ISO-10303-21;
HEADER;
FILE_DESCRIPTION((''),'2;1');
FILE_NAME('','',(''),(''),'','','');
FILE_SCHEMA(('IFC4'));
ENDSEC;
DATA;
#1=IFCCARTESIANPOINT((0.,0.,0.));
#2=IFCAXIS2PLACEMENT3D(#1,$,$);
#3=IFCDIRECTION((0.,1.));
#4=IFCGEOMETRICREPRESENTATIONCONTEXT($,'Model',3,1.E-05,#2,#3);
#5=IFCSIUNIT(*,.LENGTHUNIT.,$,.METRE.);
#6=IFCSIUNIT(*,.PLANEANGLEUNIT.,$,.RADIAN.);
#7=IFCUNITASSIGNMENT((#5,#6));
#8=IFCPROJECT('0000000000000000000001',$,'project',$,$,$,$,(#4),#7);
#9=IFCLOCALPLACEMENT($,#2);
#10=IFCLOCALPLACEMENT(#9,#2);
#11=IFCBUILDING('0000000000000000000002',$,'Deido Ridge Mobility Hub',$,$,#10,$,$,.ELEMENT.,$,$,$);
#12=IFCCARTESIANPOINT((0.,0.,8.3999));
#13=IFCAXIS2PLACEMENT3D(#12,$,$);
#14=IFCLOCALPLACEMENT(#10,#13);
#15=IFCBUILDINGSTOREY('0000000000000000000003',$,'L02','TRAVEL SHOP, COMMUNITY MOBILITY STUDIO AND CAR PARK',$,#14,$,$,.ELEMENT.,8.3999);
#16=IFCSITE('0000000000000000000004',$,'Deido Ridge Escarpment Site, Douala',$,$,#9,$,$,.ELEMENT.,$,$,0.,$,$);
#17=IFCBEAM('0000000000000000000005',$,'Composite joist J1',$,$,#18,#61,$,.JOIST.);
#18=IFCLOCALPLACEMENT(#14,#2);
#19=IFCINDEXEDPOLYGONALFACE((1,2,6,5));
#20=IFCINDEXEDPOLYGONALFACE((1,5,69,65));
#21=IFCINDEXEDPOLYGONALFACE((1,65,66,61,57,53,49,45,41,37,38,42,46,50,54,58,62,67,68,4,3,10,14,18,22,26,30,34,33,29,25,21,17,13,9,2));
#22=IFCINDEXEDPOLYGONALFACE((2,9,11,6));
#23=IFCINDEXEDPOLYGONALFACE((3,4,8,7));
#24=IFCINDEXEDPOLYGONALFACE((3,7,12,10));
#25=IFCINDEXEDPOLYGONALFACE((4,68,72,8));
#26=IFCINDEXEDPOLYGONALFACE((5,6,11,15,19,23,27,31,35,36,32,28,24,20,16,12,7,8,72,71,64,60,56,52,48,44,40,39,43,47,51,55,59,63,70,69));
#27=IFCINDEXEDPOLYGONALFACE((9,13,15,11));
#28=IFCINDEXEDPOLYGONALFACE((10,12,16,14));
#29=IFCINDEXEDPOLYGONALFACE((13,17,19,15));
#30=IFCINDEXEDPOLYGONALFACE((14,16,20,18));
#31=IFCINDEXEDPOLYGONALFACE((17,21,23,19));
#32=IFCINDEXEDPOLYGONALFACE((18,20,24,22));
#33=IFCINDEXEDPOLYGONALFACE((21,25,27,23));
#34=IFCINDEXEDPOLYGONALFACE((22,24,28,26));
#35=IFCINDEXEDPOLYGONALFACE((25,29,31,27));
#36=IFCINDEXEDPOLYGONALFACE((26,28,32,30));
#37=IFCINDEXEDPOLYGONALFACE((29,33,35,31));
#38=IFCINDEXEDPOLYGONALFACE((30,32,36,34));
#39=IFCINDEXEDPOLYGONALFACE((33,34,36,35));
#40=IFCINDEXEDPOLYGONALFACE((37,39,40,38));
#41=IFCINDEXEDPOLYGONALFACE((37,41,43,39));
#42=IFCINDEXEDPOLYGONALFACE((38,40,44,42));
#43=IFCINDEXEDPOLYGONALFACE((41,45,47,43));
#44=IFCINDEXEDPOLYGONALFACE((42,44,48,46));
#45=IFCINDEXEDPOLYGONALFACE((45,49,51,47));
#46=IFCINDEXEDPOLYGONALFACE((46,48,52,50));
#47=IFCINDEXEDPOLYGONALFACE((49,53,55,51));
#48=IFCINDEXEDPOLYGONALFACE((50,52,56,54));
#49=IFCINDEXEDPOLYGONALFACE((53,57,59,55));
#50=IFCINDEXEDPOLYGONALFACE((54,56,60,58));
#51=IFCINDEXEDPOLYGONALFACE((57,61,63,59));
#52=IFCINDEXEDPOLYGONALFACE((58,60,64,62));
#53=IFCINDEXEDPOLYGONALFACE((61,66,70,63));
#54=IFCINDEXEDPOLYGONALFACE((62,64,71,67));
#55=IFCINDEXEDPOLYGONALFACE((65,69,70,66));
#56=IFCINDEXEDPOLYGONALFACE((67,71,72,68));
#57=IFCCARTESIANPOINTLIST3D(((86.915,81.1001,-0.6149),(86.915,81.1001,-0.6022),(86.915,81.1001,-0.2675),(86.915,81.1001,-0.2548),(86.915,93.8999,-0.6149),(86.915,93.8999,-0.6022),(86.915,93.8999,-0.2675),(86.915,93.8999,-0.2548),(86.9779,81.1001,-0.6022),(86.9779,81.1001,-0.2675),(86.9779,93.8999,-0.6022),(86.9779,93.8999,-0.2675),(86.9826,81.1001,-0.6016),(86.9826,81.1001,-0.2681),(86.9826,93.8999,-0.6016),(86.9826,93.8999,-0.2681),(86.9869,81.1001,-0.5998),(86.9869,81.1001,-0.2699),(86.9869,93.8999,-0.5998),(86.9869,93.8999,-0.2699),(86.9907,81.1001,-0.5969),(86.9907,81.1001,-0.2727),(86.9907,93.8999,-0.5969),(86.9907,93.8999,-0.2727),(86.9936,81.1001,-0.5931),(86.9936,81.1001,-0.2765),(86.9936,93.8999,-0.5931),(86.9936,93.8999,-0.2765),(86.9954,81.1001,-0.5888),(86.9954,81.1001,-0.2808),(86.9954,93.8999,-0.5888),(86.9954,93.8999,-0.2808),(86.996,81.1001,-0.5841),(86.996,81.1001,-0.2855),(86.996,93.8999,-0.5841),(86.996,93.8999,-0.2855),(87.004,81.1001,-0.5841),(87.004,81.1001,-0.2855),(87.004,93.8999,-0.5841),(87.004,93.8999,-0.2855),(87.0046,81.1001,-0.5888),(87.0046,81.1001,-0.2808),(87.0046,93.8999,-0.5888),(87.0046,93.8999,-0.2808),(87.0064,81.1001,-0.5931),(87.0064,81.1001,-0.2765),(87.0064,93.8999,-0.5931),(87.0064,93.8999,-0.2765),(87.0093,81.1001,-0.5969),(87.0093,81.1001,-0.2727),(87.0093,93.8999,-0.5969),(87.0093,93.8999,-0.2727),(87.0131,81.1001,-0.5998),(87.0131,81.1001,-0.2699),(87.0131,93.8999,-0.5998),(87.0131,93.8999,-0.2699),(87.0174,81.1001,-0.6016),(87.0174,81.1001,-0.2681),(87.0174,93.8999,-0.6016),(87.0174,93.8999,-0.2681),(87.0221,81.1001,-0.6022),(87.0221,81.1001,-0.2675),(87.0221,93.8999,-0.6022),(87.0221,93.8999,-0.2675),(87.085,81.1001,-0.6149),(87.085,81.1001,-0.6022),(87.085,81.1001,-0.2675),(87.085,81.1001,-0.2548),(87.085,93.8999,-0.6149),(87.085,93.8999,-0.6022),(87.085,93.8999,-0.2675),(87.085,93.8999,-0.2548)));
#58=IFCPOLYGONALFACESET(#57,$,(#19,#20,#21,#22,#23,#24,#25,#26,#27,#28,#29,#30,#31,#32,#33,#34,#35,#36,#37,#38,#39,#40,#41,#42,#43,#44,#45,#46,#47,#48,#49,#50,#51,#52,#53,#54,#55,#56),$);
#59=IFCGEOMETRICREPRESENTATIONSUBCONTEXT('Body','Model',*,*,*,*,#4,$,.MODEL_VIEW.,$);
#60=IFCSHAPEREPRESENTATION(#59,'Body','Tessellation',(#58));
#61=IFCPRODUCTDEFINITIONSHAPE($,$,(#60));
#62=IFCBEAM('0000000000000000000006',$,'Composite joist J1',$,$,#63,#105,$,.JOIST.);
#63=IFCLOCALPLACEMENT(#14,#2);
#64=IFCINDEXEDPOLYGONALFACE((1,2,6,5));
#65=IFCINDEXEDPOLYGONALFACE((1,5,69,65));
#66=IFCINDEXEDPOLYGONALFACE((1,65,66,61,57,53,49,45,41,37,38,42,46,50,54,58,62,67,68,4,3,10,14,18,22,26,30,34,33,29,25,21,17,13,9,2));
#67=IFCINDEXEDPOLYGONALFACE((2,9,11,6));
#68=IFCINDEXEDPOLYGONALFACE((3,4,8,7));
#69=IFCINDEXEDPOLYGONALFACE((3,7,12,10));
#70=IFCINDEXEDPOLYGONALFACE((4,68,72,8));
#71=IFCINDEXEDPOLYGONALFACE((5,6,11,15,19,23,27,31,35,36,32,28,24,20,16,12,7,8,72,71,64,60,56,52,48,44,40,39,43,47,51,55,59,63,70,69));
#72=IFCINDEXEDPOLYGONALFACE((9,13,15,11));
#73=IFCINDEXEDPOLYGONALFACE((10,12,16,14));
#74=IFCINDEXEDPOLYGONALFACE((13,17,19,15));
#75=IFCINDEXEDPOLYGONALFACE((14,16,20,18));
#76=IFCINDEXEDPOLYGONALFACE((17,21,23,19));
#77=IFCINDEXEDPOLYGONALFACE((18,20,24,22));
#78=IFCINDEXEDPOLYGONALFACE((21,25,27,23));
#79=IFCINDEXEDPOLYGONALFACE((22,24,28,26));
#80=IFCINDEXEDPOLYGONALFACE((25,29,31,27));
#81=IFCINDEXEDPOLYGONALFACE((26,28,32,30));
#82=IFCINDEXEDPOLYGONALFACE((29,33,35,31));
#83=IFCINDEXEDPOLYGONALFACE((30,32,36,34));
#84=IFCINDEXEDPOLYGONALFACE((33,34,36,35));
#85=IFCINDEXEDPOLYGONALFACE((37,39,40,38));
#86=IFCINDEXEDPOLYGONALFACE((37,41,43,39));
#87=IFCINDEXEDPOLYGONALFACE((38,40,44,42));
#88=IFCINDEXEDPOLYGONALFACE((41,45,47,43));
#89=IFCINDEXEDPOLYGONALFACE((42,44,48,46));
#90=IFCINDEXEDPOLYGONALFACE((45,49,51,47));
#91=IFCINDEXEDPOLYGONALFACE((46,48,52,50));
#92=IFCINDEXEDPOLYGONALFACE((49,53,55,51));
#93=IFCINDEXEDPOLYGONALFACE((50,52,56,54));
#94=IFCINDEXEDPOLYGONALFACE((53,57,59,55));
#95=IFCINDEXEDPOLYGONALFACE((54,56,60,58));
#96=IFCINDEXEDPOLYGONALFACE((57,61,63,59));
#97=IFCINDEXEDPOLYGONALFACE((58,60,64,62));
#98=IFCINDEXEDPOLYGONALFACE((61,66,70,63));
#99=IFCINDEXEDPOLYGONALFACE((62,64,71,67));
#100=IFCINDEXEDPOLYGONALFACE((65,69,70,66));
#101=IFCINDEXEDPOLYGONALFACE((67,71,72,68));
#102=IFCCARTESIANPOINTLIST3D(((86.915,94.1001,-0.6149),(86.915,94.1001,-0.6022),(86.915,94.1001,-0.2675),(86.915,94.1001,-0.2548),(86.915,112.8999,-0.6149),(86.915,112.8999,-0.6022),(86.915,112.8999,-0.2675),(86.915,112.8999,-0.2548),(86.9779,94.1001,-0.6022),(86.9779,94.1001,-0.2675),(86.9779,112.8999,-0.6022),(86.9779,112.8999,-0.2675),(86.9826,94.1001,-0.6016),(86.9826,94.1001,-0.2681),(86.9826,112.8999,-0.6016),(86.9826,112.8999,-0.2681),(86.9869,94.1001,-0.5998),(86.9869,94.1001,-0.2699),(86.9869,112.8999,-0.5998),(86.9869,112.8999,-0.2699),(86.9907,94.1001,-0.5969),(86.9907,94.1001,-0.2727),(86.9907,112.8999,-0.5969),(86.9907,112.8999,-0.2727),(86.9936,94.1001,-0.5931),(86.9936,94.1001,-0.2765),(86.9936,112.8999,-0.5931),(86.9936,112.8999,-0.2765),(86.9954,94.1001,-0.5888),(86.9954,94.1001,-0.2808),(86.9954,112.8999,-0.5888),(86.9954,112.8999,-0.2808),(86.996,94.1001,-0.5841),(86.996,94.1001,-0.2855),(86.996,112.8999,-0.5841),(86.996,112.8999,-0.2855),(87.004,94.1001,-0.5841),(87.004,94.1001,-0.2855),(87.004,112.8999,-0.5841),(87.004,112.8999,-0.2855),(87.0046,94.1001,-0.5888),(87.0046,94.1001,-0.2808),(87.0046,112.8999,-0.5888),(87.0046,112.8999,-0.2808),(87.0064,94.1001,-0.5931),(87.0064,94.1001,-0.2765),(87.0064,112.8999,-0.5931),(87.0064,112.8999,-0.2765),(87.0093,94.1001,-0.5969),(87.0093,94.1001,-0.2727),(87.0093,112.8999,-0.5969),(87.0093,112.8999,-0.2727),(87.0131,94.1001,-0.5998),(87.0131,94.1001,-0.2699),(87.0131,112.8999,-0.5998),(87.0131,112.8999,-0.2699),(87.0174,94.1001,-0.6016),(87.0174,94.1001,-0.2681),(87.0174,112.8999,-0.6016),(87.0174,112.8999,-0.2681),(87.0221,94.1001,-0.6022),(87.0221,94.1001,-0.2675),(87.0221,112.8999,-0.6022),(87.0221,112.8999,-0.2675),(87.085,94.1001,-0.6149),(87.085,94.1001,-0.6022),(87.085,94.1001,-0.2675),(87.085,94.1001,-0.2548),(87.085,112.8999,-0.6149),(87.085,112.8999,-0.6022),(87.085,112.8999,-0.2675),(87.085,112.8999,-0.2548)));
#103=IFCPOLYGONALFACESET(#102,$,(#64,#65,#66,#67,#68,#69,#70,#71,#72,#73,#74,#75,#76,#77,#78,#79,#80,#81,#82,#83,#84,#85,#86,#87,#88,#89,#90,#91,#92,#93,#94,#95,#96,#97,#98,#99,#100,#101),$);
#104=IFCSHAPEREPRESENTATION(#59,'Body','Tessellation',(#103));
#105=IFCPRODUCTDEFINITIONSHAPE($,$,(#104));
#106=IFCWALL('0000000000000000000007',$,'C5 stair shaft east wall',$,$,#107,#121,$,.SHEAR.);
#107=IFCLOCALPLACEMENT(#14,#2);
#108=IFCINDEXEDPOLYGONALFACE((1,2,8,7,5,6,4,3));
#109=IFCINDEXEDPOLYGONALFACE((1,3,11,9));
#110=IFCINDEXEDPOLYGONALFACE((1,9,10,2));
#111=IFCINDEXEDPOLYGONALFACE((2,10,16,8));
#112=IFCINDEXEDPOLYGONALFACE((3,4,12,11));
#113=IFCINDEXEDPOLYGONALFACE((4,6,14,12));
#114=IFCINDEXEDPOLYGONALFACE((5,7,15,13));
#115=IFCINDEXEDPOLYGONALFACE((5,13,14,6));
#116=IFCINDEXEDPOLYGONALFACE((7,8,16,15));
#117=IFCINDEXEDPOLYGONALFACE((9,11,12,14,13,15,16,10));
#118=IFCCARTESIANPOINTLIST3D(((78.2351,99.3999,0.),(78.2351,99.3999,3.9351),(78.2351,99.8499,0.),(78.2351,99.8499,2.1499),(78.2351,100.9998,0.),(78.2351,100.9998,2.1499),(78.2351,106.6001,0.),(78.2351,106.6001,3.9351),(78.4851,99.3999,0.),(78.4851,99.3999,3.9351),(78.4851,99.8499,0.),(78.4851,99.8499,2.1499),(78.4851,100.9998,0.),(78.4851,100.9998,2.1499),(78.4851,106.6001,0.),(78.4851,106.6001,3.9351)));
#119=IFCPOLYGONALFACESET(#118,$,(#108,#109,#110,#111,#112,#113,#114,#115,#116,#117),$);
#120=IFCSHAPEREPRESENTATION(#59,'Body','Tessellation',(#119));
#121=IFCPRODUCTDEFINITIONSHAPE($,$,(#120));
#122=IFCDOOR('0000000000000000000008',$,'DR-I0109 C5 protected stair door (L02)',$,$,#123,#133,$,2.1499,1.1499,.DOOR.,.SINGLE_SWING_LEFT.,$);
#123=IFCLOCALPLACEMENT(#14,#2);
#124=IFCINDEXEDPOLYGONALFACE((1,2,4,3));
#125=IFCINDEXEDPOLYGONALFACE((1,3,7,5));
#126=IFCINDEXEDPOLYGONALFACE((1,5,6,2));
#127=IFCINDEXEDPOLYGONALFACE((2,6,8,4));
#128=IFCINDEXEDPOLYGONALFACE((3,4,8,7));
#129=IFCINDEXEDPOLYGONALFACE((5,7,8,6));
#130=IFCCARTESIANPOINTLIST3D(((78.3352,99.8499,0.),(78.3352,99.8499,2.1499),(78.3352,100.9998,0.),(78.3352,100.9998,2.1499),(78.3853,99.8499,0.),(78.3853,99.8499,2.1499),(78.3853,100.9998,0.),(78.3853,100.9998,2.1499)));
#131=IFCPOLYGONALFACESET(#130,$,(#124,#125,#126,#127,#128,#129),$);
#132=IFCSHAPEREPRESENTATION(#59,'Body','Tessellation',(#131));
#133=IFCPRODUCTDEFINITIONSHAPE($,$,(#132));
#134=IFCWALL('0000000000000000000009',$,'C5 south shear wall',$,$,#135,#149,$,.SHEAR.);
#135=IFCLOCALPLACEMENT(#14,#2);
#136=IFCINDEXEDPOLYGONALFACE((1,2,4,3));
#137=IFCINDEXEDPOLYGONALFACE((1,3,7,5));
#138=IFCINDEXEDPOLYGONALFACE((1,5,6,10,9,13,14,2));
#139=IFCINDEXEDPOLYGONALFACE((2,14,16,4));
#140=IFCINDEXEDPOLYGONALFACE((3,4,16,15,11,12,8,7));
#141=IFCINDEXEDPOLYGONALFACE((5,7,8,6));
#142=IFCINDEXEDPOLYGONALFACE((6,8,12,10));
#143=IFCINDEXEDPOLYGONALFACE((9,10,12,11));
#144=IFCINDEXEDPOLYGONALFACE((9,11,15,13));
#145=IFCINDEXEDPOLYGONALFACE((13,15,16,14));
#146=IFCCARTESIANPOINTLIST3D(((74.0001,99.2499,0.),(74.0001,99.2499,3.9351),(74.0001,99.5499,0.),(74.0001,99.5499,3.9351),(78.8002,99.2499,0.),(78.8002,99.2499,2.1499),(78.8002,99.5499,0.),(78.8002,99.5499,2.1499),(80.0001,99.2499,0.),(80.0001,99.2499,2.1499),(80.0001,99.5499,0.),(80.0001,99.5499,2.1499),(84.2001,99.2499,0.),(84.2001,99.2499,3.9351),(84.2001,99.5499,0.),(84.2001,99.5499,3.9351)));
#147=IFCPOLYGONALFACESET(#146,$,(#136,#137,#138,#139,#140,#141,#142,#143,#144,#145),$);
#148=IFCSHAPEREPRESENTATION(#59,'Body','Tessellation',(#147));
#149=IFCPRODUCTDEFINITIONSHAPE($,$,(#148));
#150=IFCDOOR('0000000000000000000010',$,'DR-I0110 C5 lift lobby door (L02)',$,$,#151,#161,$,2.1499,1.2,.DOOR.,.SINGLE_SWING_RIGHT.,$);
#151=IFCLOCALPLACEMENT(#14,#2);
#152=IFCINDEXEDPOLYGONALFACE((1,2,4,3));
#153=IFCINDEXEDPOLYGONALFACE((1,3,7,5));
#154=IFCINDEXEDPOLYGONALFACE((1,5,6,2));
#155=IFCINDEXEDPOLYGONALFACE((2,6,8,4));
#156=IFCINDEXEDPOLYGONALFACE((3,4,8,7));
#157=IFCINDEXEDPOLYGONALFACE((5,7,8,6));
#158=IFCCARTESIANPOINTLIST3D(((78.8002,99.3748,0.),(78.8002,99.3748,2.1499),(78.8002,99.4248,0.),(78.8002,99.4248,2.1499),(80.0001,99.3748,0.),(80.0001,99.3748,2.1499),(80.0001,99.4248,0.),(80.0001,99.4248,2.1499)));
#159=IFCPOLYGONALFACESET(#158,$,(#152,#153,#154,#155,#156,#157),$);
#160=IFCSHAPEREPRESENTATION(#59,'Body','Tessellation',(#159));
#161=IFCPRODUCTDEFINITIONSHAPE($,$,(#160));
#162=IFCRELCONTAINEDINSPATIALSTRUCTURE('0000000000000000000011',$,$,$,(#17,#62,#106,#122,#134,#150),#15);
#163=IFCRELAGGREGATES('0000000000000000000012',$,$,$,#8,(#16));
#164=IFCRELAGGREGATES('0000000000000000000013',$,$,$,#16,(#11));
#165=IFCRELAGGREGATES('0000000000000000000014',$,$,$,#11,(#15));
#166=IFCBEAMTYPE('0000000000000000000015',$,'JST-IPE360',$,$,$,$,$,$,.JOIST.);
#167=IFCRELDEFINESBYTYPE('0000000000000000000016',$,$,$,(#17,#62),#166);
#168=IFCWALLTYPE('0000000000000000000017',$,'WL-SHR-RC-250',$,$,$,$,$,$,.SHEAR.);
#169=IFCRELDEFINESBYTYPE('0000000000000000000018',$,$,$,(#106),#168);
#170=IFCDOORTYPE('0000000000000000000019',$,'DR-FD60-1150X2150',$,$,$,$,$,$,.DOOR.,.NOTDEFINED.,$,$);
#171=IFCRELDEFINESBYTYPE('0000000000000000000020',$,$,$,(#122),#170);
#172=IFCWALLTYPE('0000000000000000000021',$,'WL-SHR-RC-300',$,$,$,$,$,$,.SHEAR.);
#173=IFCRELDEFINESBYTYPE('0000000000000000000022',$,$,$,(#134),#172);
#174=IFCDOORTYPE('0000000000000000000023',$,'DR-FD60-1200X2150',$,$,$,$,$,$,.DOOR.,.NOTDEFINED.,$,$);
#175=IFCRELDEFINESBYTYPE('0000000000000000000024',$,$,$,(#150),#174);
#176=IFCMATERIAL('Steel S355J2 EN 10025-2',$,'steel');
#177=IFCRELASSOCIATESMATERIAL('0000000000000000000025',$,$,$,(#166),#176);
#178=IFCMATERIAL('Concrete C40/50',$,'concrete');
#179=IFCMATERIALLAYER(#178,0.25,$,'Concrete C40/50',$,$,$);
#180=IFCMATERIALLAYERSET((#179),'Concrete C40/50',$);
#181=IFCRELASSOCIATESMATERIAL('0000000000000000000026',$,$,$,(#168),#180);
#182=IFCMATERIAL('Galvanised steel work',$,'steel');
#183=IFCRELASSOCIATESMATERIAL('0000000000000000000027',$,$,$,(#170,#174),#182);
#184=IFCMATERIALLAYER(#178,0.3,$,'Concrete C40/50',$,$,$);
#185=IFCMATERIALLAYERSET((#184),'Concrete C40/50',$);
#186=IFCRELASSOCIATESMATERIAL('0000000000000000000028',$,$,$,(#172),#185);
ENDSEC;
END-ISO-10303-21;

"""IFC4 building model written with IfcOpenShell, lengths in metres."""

from ifc_helpers import new_model, si_unit, direction, frame, frame_2d, origin, origin_2d, place, context, subcontext, project, spatial, rectangle, i_section, extrude, material, layer, layer_set, material_profile, profile_set, type_object, element, fill, save


model = new_model("IFC4")

# Units and contexts
model_context = context("Model", 3, precision=1e-05, world=origin(), true_north=direction((0.0, 1.0)))
body_context = subcontext(model_context, "Body", "Model", "MODEL_VIEW")
ifc_project = project(units=[si_unit("LENGTHUNIT", "METRE"), si_unit("PLANEANGLEUNIT", "RADIAN")], contexts=[model_context])

# Site, building, storey
site_placement = place(None, origin())
site = spatial("IfcSite", under=ifc_project, at=site_placement, Name="Deido Ridge Escarpment Site, Douala", CompositionType="ELEMENT", RefElevation=0.0)
building_placement = place(site_placement, origin())
building = spatial("IfcBuilding", under=site, at=building_placement, Name="Deido Ridge Mobility Hub", CompositionType="ELEMENT")
storey_placement = place(building_placement, frame((0.0, 0.0, 8.3999)))
storey = spatial("IfcBuildingStorey", under=building, at=storey_placement, Name="L02", Description="TRAVEL SHOP, COMMUNITY MOBILITY STUDIO AND CAR PARK", CompositionType="ELEMENT", Elevation=8.3999)

# Shared definitions
ifc_material_1 = material(Name="Steel S355J2 EN 10025-2", Category="steel")

# Beams
ifc_material_profile_1 = material_profile(ifc_material_1, i_section(OverallWidth=0.1699, OverallDepth=0.3601, WebThickness=0.0081, FlangeThickness=0.0127, FilletRadius=0.0181, at=origin_2d()), Name="IPE 360")
ifc_profile_set_1 = profile_set([ifc_material_profile_1], Name="Steel S355J2 EN 10025-2")
beam_type_1 = type_object("IfcBeamType", Name="JST-IPE360", PredefinedType="JOIST", material=ifc_profile_set_1)
for number, where, z_axis, x_axis, name in (
    (1, (87.0, 81.1001, -0.4348), (0.0, 1.0, 0.0), (-1.0, 0.0, 0.0), "Composite joist J1"),
):
    element("IfcBeam", number, at=place(storey_placement, frame(where, z_axis=z_axis, x_axis=x_axis)), inside=storey, type_object=beam_type_1, Name=name, PredefinedType="JOIST", context=body_context, shape_type="SweptSolid", body=[
        extrude(i_section(OverallWidth=0.1699, OverallDepth=0.3601, WebThickness=0.0081, FlangeThickness=0.0127, FilletRadius=0.0181, at=origin_2d()), origin(), (0.0, 0.0, 1.0), 12.7998),
    ])
beam_1_placement = place(storey_placement, frame((87.0, 94.1001, -0.4348), z_axis=(0.0, 1.0, 0.0), x_axis=(-1.0, 0.0, 0.0)))
element("IfcBeam", 2, at=beam_1_placement, inside=storey, type_object=beam_type_1, Name="Composite joist J1", PredefinedType="JOIST", context=body_context, shape_type="SweptSolid", body=[
    extrude(i_section(OverallWidth=0.1699, OverallDepth=0.3601, WebThickness=0.0081, FlangeThickness=0.0127, FilletRadius=0.0181, at=origin_2d()), origin(), (0.0, 0.0, 1.0), 18.7998),
])

# Walls, openings, doors
ifc_material_2 = material(Name="Concrete C40/50", Category="concrete")
ifc_layer_1 = layer(ifc_material_2, 0.25, Name="Concrete C40/50")
ifc_layer_set_1 = layer_set([ifc_layer_1], Name="Concrete C40/50")
wall_type_1 = type_object("IfcWallType", Name="WL-SHR-RC-250", PredefinedType="SHEAR", material=ifc_layer_set_1)
wall_1_placement = place(storey_placement, frame((78.3601, 99.3999, 0.0), z_axis=(0.0, 0.0, 1.0), x_axis=(0.0, 1.0, 0.0)))
wall_1 = element("IfcWall", 3, at=wall_1_placement, inside=storey, type_object=wall_type_1, Name="C5 stair shaft east wall", PredefinedType="SHEAR", context=body_context, shape_type="SweptSolid", body=[
    extrude(rectangle(XDim=7.2002, YDim=0.25, at=frame_2d((3.6001, 0.0))), origin(), (0.0, 0.0, 1.0), 3.9351),
])
opening_1_placement = place(wall_1_placement, frame((0.45, 0.0, 0.0)))
opening_1 = element("IfcOpeningElement", 4, at=opening_1_placement, cuts=wall_1, PredefinedType="OPENING", context=body_context, shape_type="SweptSolid", body=[
    extrude(rectangle(XDim=1.1499, YDim=2.1499, at=frame_2d((0.575, 1.075))), frame((0.0, 0.135, 0.0), z_axis=(0.0, -1.0, 0.0), x_axis=(1.0, 0.0, 0.0)), (0.0, 0.0, 1.0), 0.27),
])
ifc_material_3 = material(Name="Galvanised steel work", Category="steel")
door_type_1 = type_object("IfcDoorType", Name="DR-FD60-1150X2150", OperationType="NOTDEFINED", PredefinedType="DOOR", material=ifc_material_3)
door_1_placement = place(opening_1_placement, origin())
door_1 = element("IfcDoor", 5, at=door_1_placement, inside=storey, type_object=door_type_1, Name="DR-I0109 C5 protected stair door (L02)", OperationType="SINGLE_SWING_LEFT", OverallHeight=2.1499, OverallWidth=1.1499, PredefinedType="DOOR", context=body_context, shape_type="SweptSolid", body=[
    extrude(rectangle(XDim=1.1499, YDim=2.1499, at=frame_2d((0.575, 1.075))), frame((0.0, 0.0249, 0.0), z_axis=(0.0, -1.0, 0.0), x_axis=(1.0, 0.0, 0.0)), (0.0, 0.0, 1.0), 0.05),
])
fill(opening_1, door_1)
ifc_layer_2 = layer(ifc_material_2, 0.3, Name="Concrete C40/50")
ifc_layer_set_2 = layer_set([ifc_layer_2], Name="Concrete C40/50")
wall_type_2 = type_object("IfcWallType", Name="WL-SHR-RC-300", PredefinedType="SHEAR", material=ifc_layer_set_2)
wall_2_placement = place(storey_placement, frame((74.0, 99.3999, 0.0), z_axis=(0.0, 0.0, 1.0), x_axis=(1.0, 0.0, 0.0)))
wall_2 = element("IfcWall", 6, at=wall_2_placement, inside=storey, type_object=wall_type_2, Name="C5 south shear wall", PredefinedType="SHEAR", context=body_context, shape_type="SweptSolid", body=[
    extrude(rectangle(XDim=10.2, YDim=0.3, at=frame_2d((5.1001, 0.0))), origin(), (0.0, 0.0, 1.0), 3.9351),
])
opening_2_placement = place(wall_2_placement, frame((4.8, 0.0, 0.0)))
opening_2 = element("IfcOpeningElement", 7, at=opening_2_placement, cuts=wall_2, PredefinedType="OPENING", context=body_context, shape_type="SweptSolid", body=[
    extrude(rectangle(XDim=1.2, YDim=2.1499, at=frame_2d((0.6001, 1.075))), frame((0.0, 0.1602, 0.0), z_axis=(0.0, -1.0, 0.0), x_axis=(1.0, 0.0, 0.0)), (0.0, 0.0, 1.0), 0.3201),
])
door_type_2 = type_object("IfcDoorType", Name="DR-FD60-1200X2150", OperationType="NOTDEFINED", PredefinedType="DOOR", material=ifc_material_3)
door_2_placement = place(opening_2_placement, origin())
door_2 = element("IfcDoor", 8, at=door_2_placement, inside=storey, type_object=door_type_2, Name="DR-I0110 C5 lift lobby door (L02)", OperationType="SINGLE_SWING_RIGHT", OverallHeight=2.1499, OverallWidth=1.2, PredefinedType="DOOR", context=body_context, shape_type="SweptSolid", body=[
    extrude(rectangle(XDim=1.2, YDim=2.1499, at=frame_2d((0.6001, 1.075))), frame((0.0, 0.0249, 0.0), z_axis=(0.0, -1.0, 0.0), x_axis=(1.0, 0.0, 0.0)), (0.0, 0.0, 1.0), 0.05),
])
fill(opening_2, door_2)

save(model, "model.ifc")
